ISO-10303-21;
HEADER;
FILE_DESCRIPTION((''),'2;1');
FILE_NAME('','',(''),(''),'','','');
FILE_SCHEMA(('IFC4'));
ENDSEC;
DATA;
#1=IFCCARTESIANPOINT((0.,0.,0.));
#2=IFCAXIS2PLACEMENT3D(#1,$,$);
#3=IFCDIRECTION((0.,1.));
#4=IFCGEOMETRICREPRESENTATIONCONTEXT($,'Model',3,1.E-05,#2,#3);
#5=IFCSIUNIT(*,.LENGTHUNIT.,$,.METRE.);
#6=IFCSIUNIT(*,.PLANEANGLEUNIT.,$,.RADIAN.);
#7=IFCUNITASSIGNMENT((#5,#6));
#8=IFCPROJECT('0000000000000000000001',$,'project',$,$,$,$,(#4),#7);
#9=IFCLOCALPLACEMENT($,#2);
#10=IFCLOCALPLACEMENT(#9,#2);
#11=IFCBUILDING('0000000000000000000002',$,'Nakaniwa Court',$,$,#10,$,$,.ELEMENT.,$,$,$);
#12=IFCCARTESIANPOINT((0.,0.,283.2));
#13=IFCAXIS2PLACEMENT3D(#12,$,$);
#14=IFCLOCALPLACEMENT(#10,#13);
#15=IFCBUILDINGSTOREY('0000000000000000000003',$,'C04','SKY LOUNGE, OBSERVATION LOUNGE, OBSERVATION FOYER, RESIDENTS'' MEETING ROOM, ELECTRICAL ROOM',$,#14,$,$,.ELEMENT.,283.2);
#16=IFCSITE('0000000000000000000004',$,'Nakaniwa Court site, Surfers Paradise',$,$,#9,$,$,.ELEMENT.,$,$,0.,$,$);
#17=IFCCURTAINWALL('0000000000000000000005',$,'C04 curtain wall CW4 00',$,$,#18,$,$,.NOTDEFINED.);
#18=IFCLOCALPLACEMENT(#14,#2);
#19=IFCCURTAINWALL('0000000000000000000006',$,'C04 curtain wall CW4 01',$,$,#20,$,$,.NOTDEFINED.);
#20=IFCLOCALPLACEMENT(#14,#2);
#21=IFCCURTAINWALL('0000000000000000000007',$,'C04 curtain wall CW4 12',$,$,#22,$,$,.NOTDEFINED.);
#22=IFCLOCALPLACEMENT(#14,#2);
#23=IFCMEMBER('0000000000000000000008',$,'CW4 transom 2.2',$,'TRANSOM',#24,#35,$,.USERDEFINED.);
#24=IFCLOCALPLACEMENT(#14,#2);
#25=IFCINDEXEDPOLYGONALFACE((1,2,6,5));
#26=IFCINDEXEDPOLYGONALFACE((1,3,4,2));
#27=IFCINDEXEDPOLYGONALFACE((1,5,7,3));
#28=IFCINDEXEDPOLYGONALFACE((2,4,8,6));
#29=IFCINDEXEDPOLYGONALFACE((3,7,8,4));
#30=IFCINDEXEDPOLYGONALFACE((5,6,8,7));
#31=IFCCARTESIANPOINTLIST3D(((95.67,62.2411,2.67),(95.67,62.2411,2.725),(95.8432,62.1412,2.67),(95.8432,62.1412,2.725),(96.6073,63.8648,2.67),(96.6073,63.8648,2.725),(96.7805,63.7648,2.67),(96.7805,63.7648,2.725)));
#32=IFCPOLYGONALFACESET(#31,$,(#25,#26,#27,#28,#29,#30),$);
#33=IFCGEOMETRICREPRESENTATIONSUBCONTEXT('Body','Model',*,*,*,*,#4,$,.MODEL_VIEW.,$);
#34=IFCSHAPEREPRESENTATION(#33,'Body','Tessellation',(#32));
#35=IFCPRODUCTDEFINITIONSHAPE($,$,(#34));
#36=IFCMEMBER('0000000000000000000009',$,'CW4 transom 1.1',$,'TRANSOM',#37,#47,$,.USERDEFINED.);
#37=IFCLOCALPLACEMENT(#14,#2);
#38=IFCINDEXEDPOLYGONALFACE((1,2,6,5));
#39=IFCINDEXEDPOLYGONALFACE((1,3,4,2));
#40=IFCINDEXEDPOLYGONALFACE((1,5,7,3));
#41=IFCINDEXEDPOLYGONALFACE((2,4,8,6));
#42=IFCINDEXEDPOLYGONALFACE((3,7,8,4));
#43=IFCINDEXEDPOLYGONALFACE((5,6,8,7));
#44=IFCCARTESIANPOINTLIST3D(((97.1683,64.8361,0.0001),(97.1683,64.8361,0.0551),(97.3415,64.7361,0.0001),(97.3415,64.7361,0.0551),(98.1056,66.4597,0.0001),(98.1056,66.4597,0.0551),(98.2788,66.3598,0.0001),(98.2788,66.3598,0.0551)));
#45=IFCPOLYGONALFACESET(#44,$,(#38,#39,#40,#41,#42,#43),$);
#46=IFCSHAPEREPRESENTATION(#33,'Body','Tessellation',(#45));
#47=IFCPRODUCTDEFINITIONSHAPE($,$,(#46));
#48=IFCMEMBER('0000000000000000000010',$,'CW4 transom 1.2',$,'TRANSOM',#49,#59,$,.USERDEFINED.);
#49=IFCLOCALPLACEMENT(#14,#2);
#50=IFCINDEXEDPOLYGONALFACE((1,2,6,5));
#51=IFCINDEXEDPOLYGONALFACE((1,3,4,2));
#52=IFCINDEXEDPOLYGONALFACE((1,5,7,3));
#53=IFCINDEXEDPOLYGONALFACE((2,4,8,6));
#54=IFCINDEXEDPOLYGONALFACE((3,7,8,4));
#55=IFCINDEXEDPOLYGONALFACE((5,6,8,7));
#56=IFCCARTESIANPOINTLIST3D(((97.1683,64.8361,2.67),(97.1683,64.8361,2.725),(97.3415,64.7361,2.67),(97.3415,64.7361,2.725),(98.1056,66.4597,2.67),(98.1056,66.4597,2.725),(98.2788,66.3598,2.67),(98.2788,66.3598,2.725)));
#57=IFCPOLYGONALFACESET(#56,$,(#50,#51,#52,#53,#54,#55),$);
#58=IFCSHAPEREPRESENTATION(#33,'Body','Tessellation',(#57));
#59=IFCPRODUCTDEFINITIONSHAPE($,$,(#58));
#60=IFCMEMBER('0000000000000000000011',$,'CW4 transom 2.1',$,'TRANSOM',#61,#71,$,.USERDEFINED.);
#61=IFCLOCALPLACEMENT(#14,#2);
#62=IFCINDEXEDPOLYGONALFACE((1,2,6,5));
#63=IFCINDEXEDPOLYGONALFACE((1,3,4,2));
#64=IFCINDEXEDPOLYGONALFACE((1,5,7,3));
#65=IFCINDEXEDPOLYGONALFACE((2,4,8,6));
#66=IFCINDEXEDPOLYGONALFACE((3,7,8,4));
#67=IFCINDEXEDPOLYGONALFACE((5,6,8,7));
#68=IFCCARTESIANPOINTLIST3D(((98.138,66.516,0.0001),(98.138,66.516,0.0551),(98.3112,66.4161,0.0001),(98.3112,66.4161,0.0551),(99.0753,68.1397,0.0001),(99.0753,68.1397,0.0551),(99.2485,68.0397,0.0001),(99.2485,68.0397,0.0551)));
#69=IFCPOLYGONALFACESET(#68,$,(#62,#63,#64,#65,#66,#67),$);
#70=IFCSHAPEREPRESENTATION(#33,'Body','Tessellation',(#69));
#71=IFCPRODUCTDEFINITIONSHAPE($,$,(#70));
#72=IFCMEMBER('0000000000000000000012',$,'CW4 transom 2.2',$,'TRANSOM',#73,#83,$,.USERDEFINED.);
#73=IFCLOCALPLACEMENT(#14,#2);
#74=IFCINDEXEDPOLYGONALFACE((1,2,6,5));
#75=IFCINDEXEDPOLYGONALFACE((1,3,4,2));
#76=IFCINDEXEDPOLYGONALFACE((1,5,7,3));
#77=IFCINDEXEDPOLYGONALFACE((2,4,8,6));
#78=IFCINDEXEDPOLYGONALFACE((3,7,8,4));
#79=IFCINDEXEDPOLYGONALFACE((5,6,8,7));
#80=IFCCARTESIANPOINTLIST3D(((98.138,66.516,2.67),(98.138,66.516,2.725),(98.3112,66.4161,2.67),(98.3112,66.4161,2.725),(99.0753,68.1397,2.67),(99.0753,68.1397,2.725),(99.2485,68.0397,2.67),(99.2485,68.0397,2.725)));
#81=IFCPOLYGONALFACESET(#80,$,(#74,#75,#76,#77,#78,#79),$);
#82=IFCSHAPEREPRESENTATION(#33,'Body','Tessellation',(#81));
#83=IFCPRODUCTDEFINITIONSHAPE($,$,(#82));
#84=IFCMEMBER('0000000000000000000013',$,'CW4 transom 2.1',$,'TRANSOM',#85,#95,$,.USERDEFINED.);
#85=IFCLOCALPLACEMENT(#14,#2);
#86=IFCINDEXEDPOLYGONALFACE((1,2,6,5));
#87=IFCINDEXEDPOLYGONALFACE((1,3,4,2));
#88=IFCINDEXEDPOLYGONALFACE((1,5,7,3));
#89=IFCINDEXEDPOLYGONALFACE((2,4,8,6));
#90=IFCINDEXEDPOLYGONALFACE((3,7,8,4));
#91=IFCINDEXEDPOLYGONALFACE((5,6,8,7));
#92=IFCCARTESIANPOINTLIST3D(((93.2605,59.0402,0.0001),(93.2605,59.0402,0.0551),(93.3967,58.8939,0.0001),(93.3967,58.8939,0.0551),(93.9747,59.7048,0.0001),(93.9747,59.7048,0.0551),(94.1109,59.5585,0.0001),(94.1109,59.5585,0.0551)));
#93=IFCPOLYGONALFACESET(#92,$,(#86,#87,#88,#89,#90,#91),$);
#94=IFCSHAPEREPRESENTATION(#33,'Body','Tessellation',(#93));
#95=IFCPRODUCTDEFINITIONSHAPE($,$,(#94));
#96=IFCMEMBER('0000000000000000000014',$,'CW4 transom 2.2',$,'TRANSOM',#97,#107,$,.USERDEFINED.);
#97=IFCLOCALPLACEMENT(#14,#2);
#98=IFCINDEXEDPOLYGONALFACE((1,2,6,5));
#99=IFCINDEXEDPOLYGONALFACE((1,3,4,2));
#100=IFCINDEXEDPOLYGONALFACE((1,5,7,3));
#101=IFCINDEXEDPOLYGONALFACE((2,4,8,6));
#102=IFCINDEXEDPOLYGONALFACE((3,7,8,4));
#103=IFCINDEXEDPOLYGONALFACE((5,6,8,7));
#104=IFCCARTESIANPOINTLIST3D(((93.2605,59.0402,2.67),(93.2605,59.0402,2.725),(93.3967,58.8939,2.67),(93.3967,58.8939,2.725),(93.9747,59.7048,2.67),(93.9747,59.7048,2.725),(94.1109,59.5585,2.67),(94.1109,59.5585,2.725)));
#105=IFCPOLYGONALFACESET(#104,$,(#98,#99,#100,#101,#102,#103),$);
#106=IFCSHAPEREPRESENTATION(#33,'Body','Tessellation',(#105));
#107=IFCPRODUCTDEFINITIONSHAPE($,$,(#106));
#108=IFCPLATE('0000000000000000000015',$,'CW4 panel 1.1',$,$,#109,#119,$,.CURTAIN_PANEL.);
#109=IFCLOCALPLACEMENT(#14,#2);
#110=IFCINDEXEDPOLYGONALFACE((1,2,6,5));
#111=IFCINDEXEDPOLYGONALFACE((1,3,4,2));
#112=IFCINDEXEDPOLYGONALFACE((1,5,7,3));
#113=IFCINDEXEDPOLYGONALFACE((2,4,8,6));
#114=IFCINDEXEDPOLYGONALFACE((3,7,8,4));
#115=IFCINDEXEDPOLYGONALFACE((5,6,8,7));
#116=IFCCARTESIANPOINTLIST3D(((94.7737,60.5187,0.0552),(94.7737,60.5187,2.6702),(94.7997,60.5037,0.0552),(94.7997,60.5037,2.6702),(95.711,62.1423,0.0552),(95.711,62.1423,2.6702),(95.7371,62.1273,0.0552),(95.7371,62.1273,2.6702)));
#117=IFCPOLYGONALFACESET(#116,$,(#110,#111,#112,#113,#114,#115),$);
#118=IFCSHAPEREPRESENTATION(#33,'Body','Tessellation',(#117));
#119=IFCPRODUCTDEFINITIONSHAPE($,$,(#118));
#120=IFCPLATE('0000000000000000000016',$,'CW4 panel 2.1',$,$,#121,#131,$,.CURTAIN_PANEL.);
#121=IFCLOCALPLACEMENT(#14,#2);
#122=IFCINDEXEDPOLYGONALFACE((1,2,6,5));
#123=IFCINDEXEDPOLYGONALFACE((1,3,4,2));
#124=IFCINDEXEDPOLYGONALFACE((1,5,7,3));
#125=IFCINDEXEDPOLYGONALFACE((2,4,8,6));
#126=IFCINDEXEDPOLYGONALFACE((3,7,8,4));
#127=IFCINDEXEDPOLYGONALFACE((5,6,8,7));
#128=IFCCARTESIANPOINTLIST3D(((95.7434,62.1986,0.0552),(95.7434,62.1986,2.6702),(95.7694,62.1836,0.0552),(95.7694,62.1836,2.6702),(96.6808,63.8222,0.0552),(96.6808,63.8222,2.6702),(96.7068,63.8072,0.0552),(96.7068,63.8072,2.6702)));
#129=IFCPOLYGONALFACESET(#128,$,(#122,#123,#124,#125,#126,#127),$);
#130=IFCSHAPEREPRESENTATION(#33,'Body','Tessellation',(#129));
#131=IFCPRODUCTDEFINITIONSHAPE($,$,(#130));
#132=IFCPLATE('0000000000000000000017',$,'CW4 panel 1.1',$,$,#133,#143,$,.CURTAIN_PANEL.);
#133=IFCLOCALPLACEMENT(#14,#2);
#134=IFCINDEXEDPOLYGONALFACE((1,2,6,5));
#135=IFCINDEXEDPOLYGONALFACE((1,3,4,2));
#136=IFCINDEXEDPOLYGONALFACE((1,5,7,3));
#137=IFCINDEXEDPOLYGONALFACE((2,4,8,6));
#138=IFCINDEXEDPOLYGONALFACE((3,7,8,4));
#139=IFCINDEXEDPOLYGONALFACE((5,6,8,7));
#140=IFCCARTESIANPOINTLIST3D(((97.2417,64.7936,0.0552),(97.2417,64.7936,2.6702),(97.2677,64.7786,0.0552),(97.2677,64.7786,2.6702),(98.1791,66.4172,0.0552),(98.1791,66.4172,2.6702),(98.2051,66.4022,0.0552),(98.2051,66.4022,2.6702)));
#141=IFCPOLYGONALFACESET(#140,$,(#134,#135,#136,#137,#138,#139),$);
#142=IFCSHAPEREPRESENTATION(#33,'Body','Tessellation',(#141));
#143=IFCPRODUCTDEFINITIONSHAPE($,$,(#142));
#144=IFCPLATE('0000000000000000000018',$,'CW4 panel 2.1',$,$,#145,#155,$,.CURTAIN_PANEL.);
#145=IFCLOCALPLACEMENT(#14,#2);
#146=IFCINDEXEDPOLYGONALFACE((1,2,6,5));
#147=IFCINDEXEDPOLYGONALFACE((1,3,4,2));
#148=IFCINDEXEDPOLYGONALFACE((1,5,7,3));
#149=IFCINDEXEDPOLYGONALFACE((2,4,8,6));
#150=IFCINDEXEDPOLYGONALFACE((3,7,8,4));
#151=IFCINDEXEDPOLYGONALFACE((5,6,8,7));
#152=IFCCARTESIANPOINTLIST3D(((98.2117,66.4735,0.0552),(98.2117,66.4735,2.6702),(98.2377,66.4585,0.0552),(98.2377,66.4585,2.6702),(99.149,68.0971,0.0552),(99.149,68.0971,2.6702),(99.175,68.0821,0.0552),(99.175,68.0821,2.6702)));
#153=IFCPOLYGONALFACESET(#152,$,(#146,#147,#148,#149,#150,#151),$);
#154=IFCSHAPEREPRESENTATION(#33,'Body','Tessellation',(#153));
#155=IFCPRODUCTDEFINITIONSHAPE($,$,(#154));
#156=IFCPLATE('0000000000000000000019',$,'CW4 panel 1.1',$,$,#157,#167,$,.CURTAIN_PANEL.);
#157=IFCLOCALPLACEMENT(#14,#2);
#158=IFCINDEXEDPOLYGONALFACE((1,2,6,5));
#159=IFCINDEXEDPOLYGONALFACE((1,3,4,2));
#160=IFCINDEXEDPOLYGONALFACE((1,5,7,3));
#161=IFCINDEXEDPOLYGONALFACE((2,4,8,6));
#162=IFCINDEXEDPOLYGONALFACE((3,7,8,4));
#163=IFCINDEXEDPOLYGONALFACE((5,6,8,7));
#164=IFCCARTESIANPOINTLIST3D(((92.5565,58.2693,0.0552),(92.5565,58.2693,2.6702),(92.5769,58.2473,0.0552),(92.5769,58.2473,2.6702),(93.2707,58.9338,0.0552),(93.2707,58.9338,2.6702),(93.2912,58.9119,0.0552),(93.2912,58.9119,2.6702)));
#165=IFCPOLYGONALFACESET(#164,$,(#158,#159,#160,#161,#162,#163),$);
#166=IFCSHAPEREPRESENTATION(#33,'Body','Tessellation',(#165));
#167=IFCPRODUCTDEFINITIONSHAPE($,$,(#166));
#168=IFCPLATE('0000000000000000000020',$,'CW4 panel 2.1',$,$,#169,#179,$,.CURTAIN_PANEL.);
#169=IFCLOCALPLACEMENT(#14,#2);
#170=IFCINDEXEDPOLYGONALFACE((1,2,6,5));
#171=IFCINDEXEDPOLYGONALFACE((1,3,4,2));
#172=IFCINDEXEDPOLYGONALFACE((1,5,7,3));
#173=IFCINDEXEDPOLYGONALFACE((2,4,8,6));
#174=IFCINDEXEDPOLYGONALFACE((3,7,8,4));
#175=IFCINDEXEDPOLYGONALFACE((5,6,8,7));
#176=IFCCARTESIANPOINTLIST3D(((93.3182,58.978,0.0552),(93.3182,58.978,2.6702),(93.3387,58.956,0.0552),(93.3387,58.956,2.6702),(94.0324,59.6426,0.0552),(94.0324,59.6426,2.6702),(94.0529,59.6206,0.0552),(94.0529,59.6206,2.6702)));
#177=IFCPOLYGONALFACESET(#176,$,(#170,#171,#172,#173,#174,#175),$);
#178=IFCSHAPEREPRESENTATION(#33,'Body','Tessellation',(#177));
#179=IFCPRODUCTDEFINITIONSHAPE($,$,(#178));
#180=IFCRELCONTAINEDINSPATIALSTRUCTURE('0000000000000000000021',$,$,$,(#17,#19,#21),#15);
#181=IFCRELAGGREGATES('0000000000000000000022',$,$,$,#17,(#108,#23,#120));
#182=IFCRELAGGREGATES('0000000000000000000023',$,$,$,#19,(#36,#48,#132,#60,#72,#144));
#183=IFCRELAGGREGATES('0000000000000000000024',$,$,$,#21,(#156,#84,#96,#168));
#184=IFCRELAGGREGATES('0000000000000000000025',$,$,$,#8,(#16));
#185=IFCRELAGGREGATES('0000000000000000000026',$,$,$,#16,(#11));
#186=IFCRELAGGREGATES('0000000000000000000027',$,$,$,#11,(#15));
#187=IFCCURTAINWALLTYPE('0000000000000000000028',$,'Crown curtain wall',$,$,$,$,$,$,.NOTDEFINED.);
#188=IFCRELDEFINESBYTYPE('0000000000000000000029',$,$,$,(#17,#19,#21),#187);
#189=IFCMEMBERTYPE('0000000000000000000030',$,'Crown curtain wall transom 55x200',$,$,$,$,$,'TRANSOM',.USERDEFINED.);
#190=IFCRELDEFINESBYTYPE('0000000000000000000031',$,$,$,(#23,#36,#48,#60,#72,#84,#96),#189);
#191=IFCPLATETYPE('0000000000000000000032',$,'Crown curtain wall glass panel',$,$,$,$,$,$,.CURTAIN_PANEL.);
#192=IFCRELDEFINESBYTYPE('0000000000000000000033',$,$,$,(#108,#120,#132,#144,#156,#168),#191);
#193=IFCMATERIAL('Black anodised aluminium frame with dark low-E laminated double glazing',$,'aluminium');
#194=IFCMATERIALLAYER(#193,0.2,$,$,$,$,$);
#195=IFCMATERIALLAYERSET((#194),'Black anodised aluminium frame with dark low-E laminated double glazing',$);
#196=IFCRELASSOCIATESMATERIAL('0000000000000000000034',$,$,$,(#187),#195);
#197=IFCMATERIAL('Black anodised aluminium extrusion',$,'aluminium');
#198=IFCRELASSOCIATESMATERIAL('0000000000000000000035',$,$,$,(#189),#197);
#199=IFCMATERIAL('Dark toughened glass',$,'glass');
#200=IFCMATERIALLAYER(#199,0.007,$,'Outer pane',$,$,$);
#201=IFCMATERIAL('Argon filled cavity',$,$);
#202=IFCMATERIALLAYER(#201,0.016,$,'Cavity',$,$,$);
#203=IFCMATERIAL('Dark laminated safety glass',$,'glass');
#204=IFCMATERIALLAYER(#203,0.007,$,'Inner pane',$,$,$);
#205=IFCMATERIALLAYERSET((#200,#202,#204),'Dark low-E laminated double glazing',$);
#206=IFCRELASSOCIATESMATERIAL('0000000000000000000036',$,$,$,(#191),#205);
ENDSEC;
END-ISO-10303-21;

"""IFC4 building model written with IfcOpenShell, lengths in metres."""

from ifc_helpers import new_model, si_unit, direction, frame, origin, origin_2d, place, context, subcontext, project, spatial, rectangle, extrude, material, layer, layer_set, material_profile, profile_set, type_object, element, aggregate, save


model = new_model("IFC4")

# Units and contexts
model_context = context("Model", 3, precision=1e-05, world=origin(), true_north=direction((0.0, 1.0)))
body_context = subcontext(model_context, "Body", "Model", "MODEL_VIEW")
ifc_project = project(units=[si_unit("LENGTHUNIT", "METRE"), si_unit("PLANEANGLEUNIT", "RADIAN")], contexts=[model_context])

# Site, building, storey
site_placement = place(None, origin())
site = spatial("IfcSite", under=ifc_project, at=site_placement, Name="Nakaniwa Court site, Surfers Paradise", CompositionType="ELEMENT", RefElevation=0.0)
building_placement = place(site_placement, origin())
building = spatial("IfcBuilding", under=site, at=building_placement, Name="Nakaniwa Court", CompositionType="ELEMENT")
storey_placement = place(building_placement, frame((0.0, 0.0, 283.2)))
storey = spatial("IfcBuildingStorey", under=building, at=storey_placement, Name="C04", Description="SKY LOUNGE, OBSERVATION LOUNGE, OBSERVATION FOYER, RESIDENTS' MEETING ROOM, ELECTRICAL ROOM", CompositionType="ELEMENT", Elevation=283.2)

# Curtain walls
ifc_material_1 = material(Name="Black anodised aluminium frame with dark low-E laminated double glazing", Category="aluminium")
ifc_layer_1 = layer(ifc_material_1, 0.2)
ifc_layer_set_1 = layer_set([ifc_layer_1], Name="Black anodised aluminium frame with dark low-E laminated double glazing")
curtain_wall_type = type_object("IfcCurtainWallType", Name="Crown curtain wall", PredefinedType="NOTDEFINED", material=ifc_layer_set_1)
curtain_wall_1_placement = place(storey_placement, origin())
curtain_wall_1 = element("IfcCurtainWall", 1, at=curtain_wall_1_placement, inside=storey, type_object=curtain_wall_type, Name="C04 curtain wall CW4 00", PredefinedType="NOTDEFINED")
ifc_material_2 = material(Name="Black anodised aluminium extrusion", Category="aluminium")
curtain_wall_2_placement = place(storey_placement, origin())
curtain_wall_2 = element("IfcCurtainWall", 2, at=curtain_wall_2_placement, inside=storey, type_object=curtain_wall_type, Name="C04 curtain wall CW4 01", PredefinedType="NOTDEFINED")
curtain_wall_3_placement = place(storey_placement, origin())
curtain_wall_3 = element("IfcCurtainWall", 3, at=curtain_wall_3_placement, inside=storey, type_object=curtain_wall_type, Name="C04 curtain wall CW4 12", PredefinedType="NOTDEFINED")

# Members
ifc_material_profile_1 = material_profile(ifc_material_2, rectangle(XDim=0.2, YDim=0.0549, at=origin_2d()), Name="Crown curtain wall transom 55x200")
ifc_profile_set_1 = profile_set([ifc_material_profile_1], Name="Black anodised aluminium extrusion")
member_type_1 = type_object("IfcMemberType", Name="Crown curtain wall transom 55x200", ElementType="TRANSOM", PredefinedType="USERDEFINED", material=ifc_profile_set_1)
member_1_placement = place(storey_placement, frame((95.7566, 62.1912, 2.6975), z_axis=(0.499963, 0.866047, 0.0), x_axis=(-0.866047, 0.499963, 0.0)))
member_1 = element("IfcMember", 4, at=member_1_placement, type_object=member_type_1, Name="CW4 transom 2.2", ObjectType="TRANSOM", PredefinedType="USERDEFINED", context=body_context, shape_type="SweptSolid", body=[
    extrude(rectangle(XDim=0.2, YDim=0.0549, at=origin_2d()), origin(), (0.0, 0.0, 1.0), 1.8748),
])
member_2_placement = place(storey_placement, frame((97.2549, 64.7861, 0.0276), z_axis=(0.499963, 0.866047, 0.0), x_axis=(-0.866047, 0.499963, 0.0)))
member_2 = element("IfcMember", 5, at=member_2_placement, type_object=member_type_1, Name="CW4 transom 1.1", ObjectType="TRANSOM", PredefinedType="USERDEFINED", context=body_context, shape_type="SweptSolid", body=[
    extrude(rectangle(XDim=0.2, YDim=0.0549, at=origin_2d()), origin(), (0.0, 0.0, 1.0), 1.8748),
])
member_3_placement = place(storey_placement, frame((97.2549, 64.7861, 2.6975), z_axis=(0.499963, 0.866047, 0.0), x_axis=(-0.866047, 0.499963, 0.0)))
member_3 = element("IfcMember", 6, at=member_3_placement, type_object=member_type_1, Name="CW4 transom 1.2", ObjectType="TRANSOM", PredefinedType="USERDEFINED", context=body_context, shape_type="SweptSolid", body=[
    extrude(rectangle(XDim=0.2, YDim=0.0549, at=origin_2d()), origin(), (0.0, 0.0, 1.0), 1.8748),
])
member_4_placement = place(storey_placement, frame((98.2246, 66.4661, 0.0276), z_axis=(0.499963, 0.866047, 0.0), x_axis=(-0.866047, 0.499963, 0.0)))
member_4 = element("IfcMember", 7, at=member_4_placement, type_object=member_type_1, Name="CW4 transom 2.1", ObjectType="TRANSOM", PredefinedType="USERDEFINED", context=body_context, shape_type="SweptSolid", body=[
    extrude(rectangle(XDim=0.2, YDim=0.0549, at=origin_2d()), origin(), (0.0, 0.0, 1.0), 1.8748),
])
member_5_placement = place(storey_placement, frame((98.2246, 66.4661, 2.6975), z_axis=(0.499963, 0.866047, 0.0), x_axis=(-0.866047, 0.499963, 0.0)))
member_5 = element("IfcMember", 8, at=member_5_placement, type_object=member_type_1, Name="CW4 transom 2.2", ObjectType="TRANSOM", PredefinedType="USERDEFINED", context=body_context, shape_type="SweptSolid", body=[
    extrude(rectangle(XDim=0.2, YDim=0.0549, at=origin_2d()), origin(), (0.0, 0.0, 1.0), 1.8748),
])
member_6_placement = place(storey_placement, frame((93.3286, 58.967, 0.0276), z_axis=(0.732053, 0.681247, 0.0), x_axis=(-0.681247, 0.732053, 0.0)))
member_6 = element("IfcMember", 9, at=member_6_placement, type_object=member_type_1, Name="CW4 transom 2.1", ObjectType="TRANSOM", PredefinedType="USERDEFINED", context=body_context, shape_type="SweptSolid", body=[
    extrude(rectangle(XDim=0.2, YDim=0.0549, at=origin_2d()), origin(), (0.0, 0.0, 1.0), 0.9756),
])
member_7_placement = place(storey_placement, frame((93.3286, 58.967, 2.6975), z_axis=(0.732053, 0.681247, 0.0), x_axis=(-0.681247, 0.732053, 0.0)))
member_7 = element("IfcMember", 10, at=member_7_placement, type_object=member_type_1, Name="CW4 transom 2.2", ObjectType="TRANSOM", PredefinedType="USERDEFINED", context=body_context, shape_type="SweptSolid", body=[
    extrude(rectangle(XDim=0.2, YDim=0.0549, at=origin_2d()), origin(), (0.0, 0.0, 1.0), 0.9756),
])

# Plates
ifc_material_3 = material(Name="Dark toughened glass", Category="glass")
ifc_layer_2 = layer(ifc_material_3, 0.007, Name="Outer pane")
ifc_material_4 = material(Name="Argon filled cavity")
ifc_layer_3 = layer(ifc_material_4, 0.016, Name="Cavity")
ifc_material_5 = material(Name="Dark laminated safety glass", Category="glass")
ifc_layer_4 = layer(ifc_material_5, 0.007, Name="Inner pane")
ifc_layer_set_2 = layer_set([ifc_layer_2, ifc_layer_3, ifc_layer_4], Name="Dark low-E laminated double glazing")
plate_type = type_object("IfcPlateType", Name="Crown curtain wall glass panel", PredefinedType="CURTAIN_PANEL", material=ifc_layer_set_2)
plate_1_placement = place(storey_placement, frame((95.2554, 61.323, 0.0552), z_axis=(0.0, 0.0, 1.0), x_axis=(0.499987, 0.866033, 0.0)))
plate_1 = element("IfcPlate", 11, at=plate_1_placement, type_object=plate_type, Name="CW4 panel 1.1", PredefinedType="CURTAIN_PANEL", context=body_context, shape_type="SweptSolid", body=[
    extrude(rectangle(XDim=1.8748, YDim=0.03, at=origin_2d()), origin(), (0.0, 0.0, 1.0), 2.615),
])
plate_2_placement = place(storey_placement, frame((96.2251, 63.0029, 0.0552), z_axis=(0.0, 0.0, 1.0), x_axis=(0.499987, 0.866033, 0.0)))
plate_2 = element("IfcPlate", 12, at=plate_2_placement, type_object=plate_type, Name="CW4 panel 2.1", PredefinedType="CURTAIN_PANEL", context=body_context, shape_type="SweptSolid", body=[
    extrude(rectangle(XDim=1.8748, YDim=0.03, at=origin_2d()), origin(), (0.0, 0.0, 1.0), 2.615),
])
aggregate(curtain_wall_1, [plate_1, member_1, plate_2])
plate_3_placement = place(storey_placement, frame((97.7234, 65.5979, 0.0552), z_axis=(0.0, 0.0, 1.0), x_axis=(0.499987, 0.866033, 0.0)))
plate_3 = element("IfcPlate", 13, at=plate_3_placement, type_object=plate_type, Name="CW4 panel 1.1", PredefinedType="CURTAIN_PANEL", context=body_context, shape_type="SweptSolid", body=[
    extrude(rectangle(XDim=1.8748, YDim=0.03, at=origin_2d()), origin(), (0.0, 0.0, 1.0), 2.615),
])
plate_4_placement = place(storey_placement, frame((98.6934, 67.2778, 0.0552), z_axis=(0.0, 0.0, 1.0), x_axis=(0.499987, 0.866033, 0.0)))
plate_4 = element("IfcPlate", 14, at=plate_4_placement, type_object=plate_type, Name="CW4 panel 2.1", PredefinedType="CURTAIN_PANEL", context=body_context, shape_type="SweptSolid", body=[
    extrude(rectangle(XDim=1.8748, YDim=0.03, at=origin_2d()), origin(), (0.0, 0.0, 1.0), 2.615),
])
aggregate(curtain_wall_2, [member_2, member_3, plate_3, member_4, member_5, plate_4])
plate_5_placement = place(storey_placement, frame((92.9238, 58.5906, 0.0552), z_axis=(0.0, 0.0, 1.0), x_axis=(0.732114, 0.681182, 0.0)))
plate_5 = element("IfcPlate", 15, at=plate_5_placement, type_object=plate_type, Name="CW4 panel 1.1", PredefinedType="CURTAIN_PANEL", context=body_context, shape_type="SweptSolid", body=[
    extrude(rectangle(XDim=0.9756, YDim=0.03, at=origin_2d()), origin(), (0.0, 0.0, 1.0), 2.615),
])
plate_6_placement = place(storey_placement, frame((93.6855, 59.2993, 0.0552), z_axis=(0.0, 0.0, 1.0), x_axis=(0.732114, 0.681182, 0.0)))
plate_6 = element("IfcPlate", 16, at=plate_6_placement, type_object=plate_type, Name="CW4 panel 2.1", PredefinedType="CURTAIN_PANEL", context=body_context, shape_type="SweptSolid", body=[
    extrude(rectangle(XDim=0.9756, YDim=0.03, at=origin_2d()), origin(), (0.0, 0.0, 1.0), 2.615),
])
aggregate(curtain_wall_3, [plate_5, member_6, member_7, plate_6])

save(model, "model.ifc")
